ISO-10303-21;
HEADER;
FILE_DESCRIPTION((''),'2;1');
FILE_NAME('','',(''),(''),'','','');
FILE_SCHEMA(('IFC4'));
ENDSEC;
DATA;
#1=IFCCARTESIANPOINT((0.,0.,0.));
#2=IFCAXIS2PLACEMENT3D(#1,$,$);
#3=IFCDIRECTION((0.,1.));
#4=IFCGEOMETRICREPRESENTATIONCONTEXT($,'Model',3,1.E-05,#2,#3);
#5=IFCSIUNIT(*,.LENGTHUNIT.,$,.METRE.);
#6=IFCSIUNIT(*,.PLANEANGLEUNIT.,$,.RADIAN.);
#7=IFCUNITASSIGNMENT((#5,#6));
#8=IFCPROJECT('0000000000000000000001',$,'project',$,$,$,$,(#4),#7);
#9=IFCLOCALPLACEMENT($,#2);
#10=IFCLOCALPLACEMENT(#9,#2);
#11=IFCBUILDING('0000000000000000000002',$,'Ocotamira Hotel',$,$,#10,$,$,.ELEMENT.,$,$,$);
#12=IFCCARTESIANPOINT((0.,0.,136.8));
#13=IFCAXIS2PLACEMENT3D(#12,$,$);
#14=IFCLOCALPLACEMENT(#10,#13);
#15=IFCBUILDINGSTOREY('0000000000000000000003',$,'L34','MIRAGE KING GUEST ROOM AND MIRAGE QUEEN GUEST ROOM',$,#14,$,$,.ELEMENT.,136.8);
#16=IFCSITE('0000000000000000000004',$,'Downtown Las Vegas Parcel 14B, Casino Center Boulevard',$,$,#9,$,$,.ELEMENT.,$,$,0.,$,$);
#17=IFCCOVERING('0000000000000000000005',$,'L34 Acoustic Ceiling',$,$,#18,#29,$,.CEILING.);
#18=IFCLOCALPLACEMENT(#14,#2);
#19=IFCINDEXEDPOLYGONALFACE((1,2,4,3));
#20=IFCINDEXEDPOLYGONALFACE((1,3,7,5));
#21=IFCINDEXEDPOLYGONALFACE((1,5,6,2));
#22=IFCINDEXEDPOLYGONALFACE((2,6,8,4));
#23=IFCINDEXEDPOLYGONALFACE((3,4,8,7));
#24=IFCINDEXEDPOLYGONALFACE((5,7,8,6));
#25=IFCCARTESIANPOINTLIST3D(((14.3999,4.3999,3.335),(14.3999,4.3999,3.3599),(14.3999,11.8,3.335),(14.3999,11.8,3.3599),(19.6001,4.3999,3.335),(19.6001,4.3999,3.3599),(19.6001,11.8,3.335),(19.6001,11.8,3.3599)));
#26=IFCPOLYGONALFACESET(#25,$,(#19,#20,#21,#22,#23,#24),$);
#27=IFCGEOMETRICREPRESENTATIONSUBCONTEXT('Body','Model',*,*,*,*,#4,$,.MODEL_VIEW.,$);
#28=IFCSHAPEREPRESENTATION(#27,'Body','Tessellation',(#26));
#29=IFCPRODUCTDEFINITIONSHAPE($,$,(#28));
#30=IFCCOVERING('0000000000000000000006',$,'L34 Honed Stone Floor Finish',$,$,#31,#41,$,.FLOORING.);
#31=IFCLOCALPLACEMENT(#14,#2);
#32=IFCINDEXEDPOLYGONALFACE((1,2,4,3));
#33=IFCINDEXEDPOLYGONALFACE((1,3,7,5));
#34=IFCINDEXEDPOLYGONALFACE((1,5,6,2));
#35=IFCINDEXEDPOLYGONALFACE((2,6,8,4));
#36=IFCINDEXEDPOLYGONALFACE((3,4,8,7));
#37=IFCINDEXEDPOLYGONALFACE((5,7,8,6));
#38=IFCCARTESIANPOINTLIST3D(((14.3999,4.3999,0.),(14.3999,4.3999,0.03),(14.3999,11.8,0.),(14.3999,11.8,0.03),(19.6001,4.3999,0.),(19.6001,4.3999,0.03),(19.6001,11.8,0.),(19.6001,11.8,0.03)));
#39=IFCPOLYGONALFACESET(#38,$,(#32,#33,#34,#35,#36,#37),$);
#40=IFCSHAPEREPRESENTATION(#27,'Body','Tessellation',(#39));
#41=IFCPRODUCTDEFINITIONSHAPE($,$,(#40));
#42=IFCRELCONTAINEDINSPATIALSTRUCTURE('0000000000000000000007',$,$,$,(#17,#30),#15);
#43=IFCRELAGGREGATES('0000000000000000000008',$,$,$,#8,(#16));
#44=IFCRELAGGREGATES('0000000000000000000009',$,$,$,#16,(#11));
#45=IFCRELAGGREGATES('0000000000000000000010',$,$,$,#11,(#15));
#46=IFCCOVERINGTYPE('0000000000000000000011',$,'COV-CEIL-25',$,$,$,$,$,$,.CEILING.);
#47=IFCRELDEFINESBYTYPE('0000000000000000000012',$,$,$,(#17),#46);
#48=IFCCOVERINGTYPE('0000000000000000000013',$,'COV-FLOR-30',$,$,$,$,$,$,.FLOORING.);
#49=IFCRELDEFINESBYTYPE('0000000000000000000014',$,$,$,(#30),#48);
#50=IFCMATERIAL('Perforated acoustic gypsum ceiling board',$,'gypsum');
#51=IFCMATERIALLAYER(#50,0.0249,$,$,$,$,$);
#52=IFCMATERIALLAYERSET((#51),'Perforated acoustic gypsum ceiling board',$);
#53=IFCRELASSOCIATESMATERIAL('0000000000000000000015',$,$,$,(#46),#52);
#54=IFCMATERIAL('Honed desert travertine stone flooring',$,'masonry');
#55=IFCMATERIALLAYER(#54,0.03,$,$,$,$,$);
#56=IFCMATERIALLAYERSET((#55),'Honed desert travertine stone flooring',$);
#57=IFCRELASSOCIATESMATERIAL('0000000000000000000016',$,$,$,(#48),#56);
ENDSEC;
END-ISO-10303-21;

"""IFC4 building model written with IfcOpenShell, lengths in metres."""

from ifc_helpers import new_model, si_unit, direction, frame, origin, place, context, subcontext, project, spatial, polyline, outline, extrude, material, layer, layer_set, type_object, element, save


model = new_model("IFC4")

# Units and contexts
model_context = context("Model", 3, precision=1e-05, world=origin(), true_north=direction((0.0, 1.0)))
body_context = subcontext(model_context, "Body", "Model", "MODEL_VIEW")
ifc_project = project(units=[si_unit("LENGTHUNIT", "METRE"), si_unit("PLANEANGLEUNIT", "RADIAN")], contexts=[model_context])

# Site, building, storey
site_placement = place(None, origin())
site = spatial("IfcSite", under=ifc_project, at=site_placement, Name="Downtown Las Vegas Parcel 14B, Casino Center Boulevard", CompositionType="ELEMENT", RefElevation=0.0)
building_placement = place(site_placement, origin())
building = spatial("IfcBuilding", under=site, at=building_placement, Name="Ocotamira Hotel", CompositionType="ELEMENT")
storey_placement = place(building_placement, frame((0.0, 0.0, 136.8)))
storey = spatial("IfcBuildingStorey", under=building, at=storey_placement, Name="L34", Description="MIRAGE KING GUEST ROOM AND MIRAGE QUEEN GUEST ROOM", CompositionType="ELEMENT", Elevation=136.8)

# Coverings
ifc_material_1 = material(Name="Perforated acoustic gypsum ceiling board", Category="gypsum")
ifc_layer_1 = layer(ifc_material_1, 0.0249)
ifc_layer_set_1 = layer_set([ifc_layer_1], Name="Perforated acoustic gypsum ceiling board")
covering_type_1 = type_object("IfcCoveringType", Name="COV-CEIL-25", PredefinedType="CEILING", material=ifc_layer_set_1)
covering_1_placement = place(storey_placement, frame((0.0, 0.0, 3.335)))
element("IfcCovering", 1, at=covering_1_placement, inside=storey, type_object=covering_type_1, Name="L34 Acoustic Ceiling", PredefinedType="CEILING", context=body_context, shape_type="SweptSolid", body=[
    extrude(outline(polyline([(14.3999, 4.3999), (19.6001, 4.3999), (19.6001, 11.8), (14.3999, 11.8), (14.3999, 4.3999)])), origin(), (0.0, 0.0, 1.0), 0.0249),
])
ifc_material_2 = material(Name="Honed desert travertine stone flooring", Category="masonry")
ifc_layer_2 = layer(ifc_material_2, 0.03)
ifc_layer_set_2 = layer_set([ifc_layer_2], Name="Honed desert travertine stone flooring")
covering_type_2 = type_object("IfcCoveringType", Name="COV-FLOR-30", PredefinedType="FLOORING", material=ifc_layer_set_2)
covering_2_placement = place(storey_placement, origin())
element("IfcCovering", 2, at=covering_2_placement, inside=storey, type_object=covering_type_2, Name="L34 Honed Stone Floor Finish", PredefinedType="FLOORING", context=body_context, shape_type="SweptSolid", body=[
    extrude(outline(polyline([(14.3999, 4.3999), (19.6001, 4.3999), (19.6001, 11.8), (14.3999, 11.8), (14.3999, 4.3999)])), origin(), (0.0, 0.0, 1.0), 0.03),
])

save(model, "model.ifc")
